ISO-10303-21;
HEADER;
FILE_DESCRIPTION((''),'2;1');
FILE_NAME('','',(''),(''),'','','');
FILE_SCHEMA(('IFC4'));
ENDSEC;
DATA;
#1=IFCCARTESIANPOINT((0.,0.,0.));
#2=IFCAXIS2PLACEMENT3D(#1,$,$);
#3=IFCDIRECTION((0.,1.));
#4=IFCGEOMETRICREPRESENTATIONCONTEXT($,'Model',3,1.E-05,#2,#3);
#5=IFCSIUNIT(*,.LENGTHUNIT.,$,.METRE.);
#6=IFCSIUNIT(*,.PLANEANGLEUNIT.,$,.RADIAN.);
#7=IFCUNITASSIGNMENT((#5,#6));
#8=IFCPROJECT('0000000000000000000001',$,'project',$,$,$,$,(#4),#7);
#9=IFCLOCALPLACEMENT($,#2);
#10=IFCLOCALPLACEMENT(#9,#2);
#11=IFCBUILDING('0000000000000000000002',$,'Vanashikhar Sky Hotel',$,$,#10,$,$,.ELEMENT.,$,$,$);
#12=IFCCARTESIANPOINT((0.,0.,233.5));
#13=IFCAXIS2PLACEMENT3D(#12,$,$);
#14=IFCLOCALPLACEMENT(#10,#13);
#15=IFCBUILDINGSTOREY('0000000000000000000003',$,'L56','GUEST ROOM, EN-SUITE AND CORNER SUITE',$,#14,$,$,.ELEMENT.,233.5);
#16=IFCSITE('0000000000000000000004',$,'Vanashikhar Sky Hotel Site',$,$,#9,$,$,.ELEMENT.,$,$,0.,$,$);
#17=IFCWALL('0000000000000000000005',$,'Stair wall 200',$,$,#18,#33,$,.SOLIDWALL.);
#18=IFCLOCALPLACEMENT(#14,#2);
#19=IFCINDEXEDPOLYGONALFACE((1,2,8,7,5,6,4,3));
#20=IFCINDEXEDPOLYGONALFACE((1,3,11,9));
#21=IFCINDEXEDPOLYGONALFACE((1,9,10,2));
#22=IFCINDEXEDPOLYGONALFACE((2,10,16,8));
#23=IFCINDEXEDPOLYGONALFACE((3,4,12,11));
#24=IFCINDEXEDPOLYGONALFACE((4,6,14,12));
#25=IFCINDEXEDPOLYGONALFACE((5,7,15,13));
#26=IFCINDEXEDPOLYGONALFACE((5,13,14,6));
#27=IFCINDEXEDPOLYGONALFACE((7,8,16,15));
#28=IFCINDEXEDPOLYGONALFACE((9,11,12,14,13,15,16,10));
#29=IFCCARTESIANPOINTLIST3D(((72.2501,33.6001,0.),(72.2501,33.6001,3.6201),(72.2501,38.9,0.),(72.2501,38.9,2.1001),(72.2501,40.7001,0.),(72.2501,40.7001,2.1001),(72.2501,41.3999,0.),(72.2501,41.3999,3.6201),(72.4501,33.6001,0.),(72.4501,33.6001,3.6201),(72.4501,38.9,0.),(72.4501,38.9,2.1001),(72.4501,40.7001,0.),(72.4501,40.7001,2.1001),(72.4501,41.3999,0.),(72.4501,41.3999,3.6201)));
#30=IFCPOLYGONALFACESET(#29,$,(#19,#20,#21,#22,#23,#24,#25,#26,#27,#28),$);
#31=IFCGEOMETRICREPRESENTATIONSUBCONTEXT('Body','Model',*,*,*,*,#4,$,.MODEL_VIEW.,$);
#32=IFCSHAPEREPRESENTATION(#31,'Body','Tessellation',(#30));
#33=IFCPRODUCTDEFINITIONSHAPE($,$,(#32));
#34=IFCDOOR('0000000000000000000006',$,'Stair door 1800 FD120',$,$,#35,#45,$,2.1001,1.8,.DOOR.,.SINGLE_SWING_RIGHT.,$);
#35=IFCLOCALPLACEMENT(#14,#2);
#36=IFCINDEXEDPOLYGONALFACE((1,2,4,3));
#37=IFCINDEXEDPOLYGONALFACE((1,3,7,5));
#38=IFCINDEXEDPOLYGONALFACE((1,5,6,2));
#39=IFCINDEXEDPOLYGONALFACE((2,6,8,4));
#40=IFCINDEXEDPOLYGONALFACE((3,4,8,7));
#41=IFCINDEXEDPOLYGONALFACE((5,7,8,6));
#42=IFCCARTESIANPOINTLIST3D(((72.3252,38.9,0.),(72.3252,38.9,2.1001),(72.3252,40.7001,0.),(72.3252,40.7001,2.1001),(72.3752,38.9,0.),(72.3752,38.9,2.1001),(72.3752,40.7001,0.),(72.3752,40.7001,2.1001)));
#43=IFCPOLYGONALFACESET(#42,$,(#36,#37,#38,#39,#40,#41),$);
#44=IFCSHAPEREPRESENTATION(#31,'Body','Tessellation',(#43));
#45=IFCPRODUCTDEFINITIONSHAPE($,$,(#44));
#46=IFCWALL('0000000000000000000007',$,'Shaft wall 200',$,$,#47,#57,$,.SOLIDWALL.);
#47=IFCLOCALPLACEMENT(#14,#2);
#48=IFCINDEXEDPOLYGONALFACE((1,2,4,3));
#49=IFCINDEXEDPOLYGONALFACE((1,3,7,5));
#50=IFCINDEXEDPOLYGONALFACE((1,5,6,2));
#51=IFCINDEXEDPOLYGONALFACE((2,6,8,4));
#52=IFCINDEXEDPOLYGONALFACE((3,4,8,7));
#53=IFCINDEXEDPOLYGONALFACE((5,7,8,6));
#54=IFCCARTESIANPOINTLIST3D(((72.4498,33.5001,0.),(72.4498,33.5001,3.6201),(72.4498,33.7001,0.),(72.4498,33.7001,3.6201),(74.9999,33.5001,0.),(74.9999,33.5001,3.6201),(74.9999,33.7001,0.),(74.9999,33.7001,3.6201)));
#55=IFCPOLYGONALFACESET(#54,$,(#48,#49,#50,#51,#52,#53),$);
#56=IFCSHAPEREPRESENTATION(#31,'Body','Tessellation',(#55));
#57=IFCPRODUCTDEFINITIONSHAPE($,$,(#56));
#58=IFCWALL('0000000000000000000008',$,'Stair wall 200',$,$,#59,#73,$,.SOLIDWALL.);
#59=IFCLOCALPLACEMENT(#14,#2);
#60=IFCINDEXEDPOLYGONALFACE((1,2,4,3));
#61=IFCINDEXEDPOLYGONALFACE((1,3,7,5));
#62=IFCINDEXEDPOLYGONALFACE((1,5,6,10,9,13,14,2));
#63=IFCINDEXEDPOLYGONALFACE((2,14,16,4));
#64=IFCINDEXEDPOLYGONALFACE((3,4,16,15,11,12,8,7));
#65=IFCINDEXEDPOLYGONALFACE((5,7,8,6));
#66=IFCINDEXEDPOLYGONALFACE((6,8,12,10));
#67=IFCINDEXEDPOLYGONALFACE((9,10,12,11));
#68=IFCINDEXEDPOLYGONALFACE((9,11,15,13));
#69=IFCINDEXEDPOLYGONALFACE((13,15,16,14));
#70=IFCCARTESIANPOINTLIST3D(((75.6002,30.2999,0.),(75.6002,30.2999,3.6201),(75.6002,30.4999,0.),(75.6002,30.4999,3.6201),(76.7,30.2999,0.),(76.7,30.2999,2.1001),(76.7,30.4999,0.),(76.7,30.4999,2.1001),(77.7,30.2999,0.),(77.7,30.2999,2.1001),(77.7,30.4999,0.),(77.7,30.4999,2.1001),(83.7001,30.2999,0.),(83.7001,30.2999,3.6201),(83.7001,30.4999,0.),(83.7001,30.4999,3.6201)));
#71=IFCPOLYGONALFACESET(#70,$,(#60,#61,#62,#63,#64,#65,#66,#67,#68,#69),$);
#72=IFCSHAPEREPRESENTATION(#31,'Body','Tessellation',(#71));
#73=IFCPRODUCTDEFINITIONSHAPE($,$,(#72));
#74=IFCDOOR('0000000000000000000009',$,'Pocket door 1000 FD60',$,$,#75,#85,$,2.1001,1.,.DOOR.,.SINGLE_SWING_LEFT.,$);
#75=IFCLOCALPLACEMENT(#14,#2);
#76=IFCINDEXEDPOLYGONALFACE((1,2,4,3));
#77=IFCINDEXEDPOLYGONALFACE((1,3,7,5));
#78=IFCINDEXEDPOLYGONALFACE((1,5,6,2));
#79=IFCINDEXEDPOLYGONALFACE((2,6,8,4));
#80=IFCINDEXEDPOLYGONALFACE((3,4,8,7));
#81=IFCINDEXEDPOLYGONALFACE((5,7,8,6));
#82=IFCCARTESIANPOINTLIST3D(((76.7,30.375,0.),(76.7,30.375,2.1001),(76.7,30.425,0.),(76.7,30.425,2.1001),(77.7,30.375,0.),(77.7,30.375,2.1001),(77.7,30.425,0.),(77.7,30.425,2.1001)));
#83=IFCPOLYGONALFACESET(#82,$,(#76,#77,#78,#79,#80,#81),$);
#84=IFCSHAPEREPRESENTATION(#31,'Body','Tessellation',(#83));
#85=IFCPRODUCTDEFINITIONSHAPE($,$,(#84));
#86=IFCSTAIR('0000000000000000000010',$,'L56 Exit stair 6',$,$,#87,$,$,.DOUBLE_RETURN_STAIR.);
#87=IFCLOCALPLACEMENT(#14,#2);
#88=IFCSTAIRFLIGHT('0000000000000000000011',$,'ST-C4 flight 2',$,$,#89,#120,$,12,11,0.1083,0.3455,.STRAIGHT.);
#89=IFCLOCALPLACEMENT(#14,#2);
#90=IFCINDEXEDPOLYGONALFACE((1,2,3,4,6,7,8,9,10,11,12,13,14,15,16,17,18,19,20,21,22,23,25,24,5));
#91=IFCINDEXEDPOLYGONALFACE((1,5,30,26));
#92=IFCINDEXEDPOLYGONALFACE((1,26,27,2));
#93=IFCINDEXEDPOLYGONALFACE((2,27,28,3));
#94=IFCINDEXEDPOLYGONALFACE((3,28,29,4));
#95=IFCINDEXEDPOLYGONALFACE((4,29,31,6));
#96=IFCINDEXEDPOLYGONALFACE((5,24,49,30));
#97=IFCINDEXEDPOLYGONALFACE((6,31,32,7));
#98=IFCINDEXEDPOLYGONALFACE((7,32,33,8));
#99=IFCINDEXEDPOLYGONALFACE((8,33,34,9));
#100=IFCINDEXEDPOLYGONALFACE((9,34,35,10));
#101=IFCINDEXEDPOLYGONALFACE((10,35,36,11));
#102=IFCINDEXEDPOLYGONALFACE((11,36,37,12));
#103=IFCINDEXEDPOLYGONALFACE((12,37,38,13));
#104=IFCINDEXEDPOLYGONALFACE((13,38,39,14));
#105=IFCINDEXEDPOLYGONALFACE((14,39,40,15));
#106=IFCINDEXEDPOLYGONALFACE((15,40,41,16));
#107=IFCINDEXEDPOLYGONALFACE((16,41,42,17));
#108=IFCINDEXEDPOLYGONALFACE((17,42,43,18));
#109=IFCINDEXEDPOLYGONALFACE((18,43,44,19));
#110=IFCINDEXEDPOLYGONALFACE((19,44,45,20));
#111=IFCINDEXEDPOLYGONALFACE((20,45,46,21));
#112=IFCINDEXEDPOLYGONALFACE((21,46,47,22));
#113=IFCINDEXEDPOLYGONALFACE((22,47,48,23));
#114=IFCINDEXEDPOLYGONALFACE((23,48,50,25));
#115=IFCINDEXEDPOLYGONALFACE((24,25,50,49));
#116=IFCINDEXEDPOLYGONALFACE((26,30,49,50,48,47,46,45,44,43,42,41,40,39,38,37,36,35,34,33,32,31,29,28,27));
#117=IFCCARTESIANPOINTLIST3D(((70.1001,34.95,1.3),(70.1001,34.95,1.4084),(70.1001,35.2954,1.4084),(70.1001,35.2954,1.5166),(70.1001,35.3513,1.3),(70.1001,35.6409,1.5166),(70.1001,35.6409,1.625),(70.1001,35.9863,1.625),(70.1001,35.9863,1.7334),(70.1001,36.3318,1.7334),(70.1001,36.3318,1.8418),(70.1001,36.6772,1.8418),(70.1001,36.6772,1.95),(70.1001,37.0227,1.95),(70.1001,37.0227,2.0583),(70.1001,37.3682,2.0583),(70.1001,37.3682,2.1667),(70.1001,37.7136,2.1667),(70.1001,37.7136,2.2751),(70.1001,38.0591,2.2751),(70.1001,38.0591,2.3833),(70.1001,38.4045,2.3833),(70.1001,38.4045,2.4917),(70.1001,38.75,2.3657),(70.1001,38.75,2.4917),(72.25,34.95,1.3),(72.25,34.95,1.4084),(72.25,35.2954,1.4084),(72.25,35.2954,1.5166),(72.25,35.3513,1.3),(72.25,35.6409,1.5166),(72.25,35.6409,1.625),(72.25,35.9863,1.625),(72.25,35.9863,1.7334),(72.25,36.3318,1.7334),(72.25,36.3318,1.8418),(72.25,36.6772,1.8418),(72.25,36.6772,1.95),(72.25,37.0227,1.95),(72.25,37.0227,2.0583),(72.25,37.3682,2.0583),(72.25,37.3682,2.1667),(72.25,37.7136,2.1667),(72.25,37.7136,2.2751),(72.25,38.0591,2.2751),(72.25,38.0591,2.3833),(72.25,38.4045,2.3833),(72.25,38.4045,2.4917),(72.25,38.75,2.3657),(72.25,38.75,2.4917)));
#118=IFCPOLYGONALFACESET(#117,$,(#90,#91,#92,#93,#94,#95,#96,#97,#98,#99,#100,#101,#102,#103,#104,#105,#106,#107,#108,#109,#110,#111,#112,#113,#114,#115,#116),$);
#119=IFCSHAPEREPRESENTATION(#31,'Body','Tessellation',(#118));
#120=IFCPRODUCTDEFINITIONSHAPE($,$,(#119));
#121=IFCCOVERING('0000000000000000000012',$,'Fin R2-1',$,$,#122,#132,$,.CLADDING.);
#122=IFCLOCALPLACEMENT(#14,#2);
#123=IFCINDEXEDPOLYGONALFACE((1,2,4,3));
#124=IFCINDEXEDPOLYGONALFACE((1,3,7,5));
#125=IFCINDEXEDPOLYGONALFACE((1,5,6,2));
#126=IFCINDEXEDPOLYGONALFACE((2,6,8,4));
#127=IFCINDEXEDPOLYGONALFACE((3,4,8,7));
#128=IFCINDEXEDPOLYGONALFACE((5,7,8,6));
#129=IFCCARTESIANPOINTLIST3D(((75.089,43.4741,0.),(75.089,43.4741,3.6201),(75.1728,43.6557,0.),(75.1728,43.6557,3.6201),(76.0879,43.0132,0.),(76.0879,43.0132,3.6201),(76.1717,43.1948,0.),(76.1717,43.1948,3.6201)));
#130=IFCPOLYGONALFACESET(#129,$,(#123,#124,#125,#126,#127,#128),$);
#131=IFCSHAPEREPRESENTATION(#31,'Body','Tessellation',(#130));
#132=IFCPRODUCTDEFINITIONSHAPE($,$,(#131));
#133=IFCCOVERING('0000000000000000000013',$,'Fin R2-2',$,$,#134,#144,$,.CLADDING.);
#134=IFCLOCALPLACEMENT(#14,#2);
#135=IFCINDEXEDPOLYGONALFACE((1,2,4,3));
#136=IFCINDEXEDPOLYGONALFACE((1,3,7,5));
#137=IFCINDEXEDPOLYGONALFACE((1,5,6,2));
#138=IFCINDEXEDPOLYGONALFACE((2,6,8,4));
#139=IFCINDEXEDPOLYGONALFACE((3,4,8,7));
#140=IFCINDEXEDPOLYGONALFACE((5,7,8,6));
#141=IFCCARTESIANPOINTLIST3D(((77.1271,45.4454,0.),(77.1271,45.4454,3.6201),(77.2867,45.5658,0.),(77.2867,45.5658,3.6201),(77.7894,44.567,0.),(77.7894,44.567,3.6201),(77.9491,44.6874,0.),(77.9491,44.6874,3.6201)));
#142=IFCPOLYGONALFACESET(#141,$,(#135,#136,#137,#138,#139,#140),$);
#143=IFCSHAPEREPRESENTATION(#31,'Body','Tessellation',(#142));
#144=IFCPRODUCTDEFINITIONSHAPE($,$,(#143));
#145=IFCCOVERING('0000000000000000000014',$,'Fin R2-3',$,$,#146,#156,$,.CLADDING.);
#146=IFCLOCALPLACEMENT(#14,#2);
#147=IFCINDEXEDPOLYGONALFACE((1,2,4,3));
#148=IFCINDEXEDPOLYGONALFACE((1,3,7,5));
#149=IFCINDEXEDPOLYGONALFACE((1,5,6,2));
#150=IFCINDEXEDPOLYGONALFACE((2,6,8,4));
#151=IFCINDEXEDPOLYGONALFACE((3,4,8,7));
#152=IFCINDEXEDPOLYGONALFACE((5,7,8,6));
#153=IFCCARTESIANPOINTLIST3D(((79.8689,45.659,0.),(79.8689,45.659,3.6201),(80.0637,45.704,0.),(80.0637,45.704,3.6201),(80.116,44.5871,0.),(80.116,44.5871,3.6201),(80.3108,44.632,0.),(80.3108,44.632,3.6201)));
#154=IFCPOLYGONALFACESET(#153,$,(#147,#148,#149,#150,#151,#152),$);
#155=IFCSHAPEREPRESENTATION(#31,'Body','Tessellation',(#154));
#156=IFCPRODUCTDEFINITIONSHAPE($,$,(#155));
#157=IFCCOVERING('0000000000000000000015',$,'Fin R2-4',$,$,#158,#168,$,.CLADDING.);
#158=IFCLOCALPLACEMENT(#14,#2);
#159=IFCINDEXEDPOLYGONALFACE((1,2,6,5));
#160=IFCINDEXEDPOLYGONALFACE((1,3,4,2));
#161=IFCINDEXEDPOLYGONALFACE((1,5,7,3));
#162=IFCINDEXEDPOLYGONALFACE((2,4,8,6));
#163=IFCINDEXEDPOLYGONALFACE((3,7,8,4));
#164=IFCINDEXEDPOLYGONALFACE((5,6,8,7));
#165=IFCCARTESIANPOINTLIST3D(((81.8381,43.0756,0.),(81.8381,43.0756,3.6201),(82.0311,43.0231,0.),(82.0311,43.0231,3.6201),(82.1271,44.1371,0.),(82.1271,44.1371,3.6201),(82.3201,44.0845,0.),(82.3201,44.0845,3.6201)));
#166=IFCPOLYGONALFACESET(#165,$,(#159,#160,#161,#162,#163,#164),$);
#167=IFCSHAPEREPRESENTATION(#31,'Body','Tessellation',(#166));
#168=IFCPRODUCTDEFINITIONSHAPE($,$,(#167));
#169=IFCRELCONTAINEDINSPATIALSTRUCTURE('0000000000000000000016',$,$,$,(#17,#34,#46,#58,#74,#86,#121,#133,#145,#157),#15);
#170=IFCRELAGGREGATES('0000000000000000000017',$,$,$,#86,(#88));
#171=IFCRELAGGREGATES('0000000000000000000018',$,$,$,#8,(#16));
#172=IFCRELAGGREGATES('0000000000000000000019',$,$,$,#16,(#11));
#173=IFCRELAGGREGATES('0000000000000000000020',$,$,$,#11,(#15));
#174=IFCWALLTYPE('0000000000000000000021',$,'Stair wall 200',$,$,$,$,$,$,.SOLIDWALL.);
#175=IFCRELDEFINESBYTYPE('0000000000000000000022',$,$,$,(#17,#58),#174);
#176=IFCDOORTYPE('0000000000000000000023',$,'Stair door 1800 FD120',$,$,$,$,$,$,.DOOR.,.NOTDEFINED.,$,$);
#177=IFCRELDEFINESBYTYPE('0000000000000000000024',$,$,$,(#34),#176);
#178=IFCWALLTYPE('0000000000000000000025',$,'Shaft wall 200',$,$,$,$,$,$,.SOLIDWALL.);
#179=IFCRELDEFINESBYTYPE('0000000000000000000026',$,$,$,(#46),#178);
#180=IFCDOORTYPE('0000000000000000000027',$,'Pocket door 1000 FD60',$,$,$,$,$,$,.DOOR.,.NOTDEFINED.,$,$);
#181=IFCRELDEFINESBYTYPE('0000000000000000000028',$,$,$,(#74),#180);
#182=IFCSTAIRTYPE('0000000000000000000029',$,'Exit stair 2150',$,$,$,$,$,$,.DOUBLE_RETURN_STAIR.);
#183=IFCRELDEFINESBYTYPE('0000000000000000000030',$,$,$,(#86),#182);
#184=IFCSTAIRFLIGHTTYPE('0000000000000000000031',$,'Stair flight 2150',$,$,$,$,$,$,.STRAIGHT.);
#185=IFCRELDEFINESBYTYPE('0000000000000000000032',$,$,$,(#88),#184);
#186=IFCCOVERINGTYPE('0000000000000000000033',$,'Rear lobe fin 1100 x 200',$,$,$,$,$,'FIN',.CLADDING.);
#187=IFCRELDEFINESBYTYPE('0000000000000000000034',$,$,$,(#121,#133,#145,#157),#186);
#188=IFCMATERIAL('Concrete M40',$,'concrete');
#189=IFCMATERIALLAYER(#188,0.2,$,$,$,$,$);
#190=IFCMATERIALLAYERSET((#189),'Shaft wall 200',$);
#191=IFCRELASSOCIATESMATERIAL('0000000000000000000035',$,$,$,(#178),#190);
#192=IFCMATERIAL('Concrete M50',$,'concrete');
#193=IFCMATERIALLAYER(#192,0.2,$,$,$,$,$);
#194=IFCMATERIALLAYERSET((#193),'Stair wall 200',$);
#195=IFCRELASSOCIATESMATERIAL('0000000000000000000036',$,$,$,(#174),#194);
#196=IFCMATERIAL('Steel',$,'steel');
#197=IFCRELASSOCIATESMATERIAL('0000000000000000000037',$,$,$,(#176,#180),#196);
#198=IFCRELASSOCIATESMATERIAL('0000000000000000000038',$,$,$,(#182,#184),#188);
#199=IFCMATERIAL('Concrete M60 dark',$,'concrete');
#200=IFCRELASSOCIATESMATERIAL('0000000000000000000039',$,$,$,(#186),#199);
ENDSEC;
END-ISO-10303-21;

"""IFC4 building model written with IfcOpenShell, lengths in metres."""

from ifc_helpers import new_model, si_unit, direction, frame, frame_2d, origin, origin_2d, place, context, subcontext, project, spatial, polyline, rectangle, outline, extrude, source, transform, mapped, material, layer, layer_set, material_profile, profile_set, type_object, element, fill, aggregate, save


model = new_model("IFC4")

# Units and contexts
model_context = context("Model", 3, precision=1e-05, world=origin(), true_north=direction((0.0, 1.0)))
body_context = subcontext(model_context, "Body", "Model", "MODEL_VIEW")
ifc_project = project(units=[si_unit("LENGTHUNIT", "METRE"), si_unit("PLANEANGLEUNIT", "RADIAN")], contexts=[model_context])

# Site, building, storey
site_placement = place(None, origin())
site = spatial("IfcSite", under=ifc_project, at=site_placement, Name="Vanashikhar Sky Hotel Site", CompositionType="ELEMENT", RefElevation=0.0)
building_placement = place(site_placement, origin())
building = spatial("IfcBuilding", under=site, at=building_placement, Name="Vanashikhar Sky Hotel", CompositionType="ELEMENT")
storey_placement = place(building_placement, frame((0.0, 0.0, 233.5)))
storey = spatial("IfcBuildingStorey", under=building, at=storey_placement, Name="L56", Description="GUEST ROOM, EN-SUITE AND CORNER SUITE", CompositionType="ELEMENT", Elevation=233.5)

# Shared definitions
ifc_material_1 = material(Name="Concrete M50", Category="concrete")

# Shared definitions
ifc_material_2 = material(Name="Concrete M40", Category="concrete")
ifc_layer_1 = layer(ifc_material_2, 0.2)
ifc_layer_set_1 = layer_set([ifc_layer_1], Name="Shaft wall 200")
wall_type_1 = type_object("IfcWallType", Name="Shaft wall 200", PredefinedType="SOLIDWALL", material=ifc_layer_set_1)

# Wall, opening, door
ifc_layer_2 = layer(ifc_material_1, 0.2)
ifc_layer_set_2 = layer_set([ifc_layer_2], Name="Stair wall 200")
wall_type_2 = type_object("IfcWallType", Name="Stair wall 200", PredefinedType="SOLIDWALL", material=ifc_layer_set_2)
shared_shape_1 = source(origin(), body_context, "Body", "SweptSolid", [
    extrude(rectangle(XDim=7.7998, YDim=0.2, at=frame_2d((3.8999, 0.0))), origin(), (0.0, 0.0, 1.0), 3.6201),
])
wall_1_placement = place(storey_placement, frame((72.3501, 33.6001, 0.0), z_axis=(0.0, 0.0, 1.0), x_axis=(0.0, 1.0, 0.0)))
wall_1 = element("IfcWall", 1, at=wall_1_placement, inside=storey, type_object=wall_type_2, Name="Stair wall 200", PredefinedType="SOLIDWALL", context=body_context, shape_type="MappedRepresentation", body=[
    mapped(shared_shape_1, transform((0.0, 0.0, 0.0), scale=1.0)),
])
shared_shape_2 = source(origin(), body_context, "Body", "SweptSolid", [
    extrude(rectangle(XDim=1.8, YDim=2.1001, at=frame_2d((0.8999, 1.05))), frame((0.0, 0.1099, 0.0), z_axis=(0.0, -1.0, 0.0), x_axis=(1.0, 0.0, 0.0)), (0.0, 0.0, 1.0), 0.22),
])
opening_1_placement = place(wall_1_placement, frame((5.3, 0.0, 0.0)))
opening_1 = element("IfcOpeningElement", 2, at=opening_1_placement, cuts=wall_1, PredefinedType="OPENING", context=body_context, shape_type="MappedRepresentation", body=[
    mapped(shared_shape_2, transform((0.0, 0.0, 0.0), scale=1.0)),
])
ifc_material_3 = material(Name="Steel", Category="steel")
door_type_1 = type_object("IfcDoorType", Name="Stair door 1800 FD120", OperationType="NOTDEFINED", PredefinedType="DOOR", material=ifc_material_3)
shared_shape_3 = source(origin(), body_context, "Body", "SweptSolid", [
    extrude(rectangle(XDim=1.8, YDim=2.1001, at=frame_2d((0.8999, 1.05))), frame((0.0, 0.0249, 0.0), z_axis=(0.0, -1.0, 0.0), x_axis=(1.0, 0.0, 0.0)), (0.0, 0.0, 1.0), 0.05),
])
door_1_placement = place(opening_1_placement, origin())
door_1 = element("IfcDoor", 3, at=door_1_placement, inside=storey, type_object=door_type_1, Name="Stair door 1800 FD120", OperationType="SINGLE_SWING_RIGHT", OverallHeight=2.1001, OverallWidth=1.8, PredefinedType="DOOR", context=body_context, shape_type="MappedRepresentation", body=[
    mapped(shared_shape_3, transform((0.0, 0.0, 0.0), scale=1.0)),
])
fill(opening_1, door_1)

# Wall
shared_shape_4 = source(origin(), body_context, "Body", "SweptSolid", [
    extrude(rectangle(XDim=2.55, YDim=0.2, at=frame_2d((1.2749, 0.0))), origin(), (0.0, 0.0, 1.0), 3.6201),
])
wall_2_placement = place(storey_placement, frame((72.45, 33.6001, 0.0), z_axis=(0.0, 0.0, 1.0), x_axis=(1.0, 0.0, 0.0)))
element("IfcWall", 4, at=wall_2_placement, inside=storey, type_object=wall_type_1, Name="Shaft wall 200", PredefinedType="SOLIDWALL", context=body_context, shape_type="MappedRepresentation", body=[
    mapped(shared_shape_4, transform((0.0, 0.0, 0.0), scale=1.0)),
])

# Wall, opening, door
shared_shape_5 = source(origin(), body_context, "Body", "SweptSolid", [
    extrude(rectangle(XDim=8.0999, YDim=0.2, at=frame_2d((4.0498, 0.0))), origin(), (0.0, 0.0, 1.0), 3.6201),
])
wall_3_placement = place(storey_placement, frame((83.7, 30.3999, 0.0), z_axis=(0.0, 0.0, 1.0), x_axis=(-1.0, 0.0, 0.0)))
wall_3 = element("IfcWall", 5, at=wall_3_placement, inside=storey, type_object=wall_type_2, Name="Stair wall 200", PredefinedType="SOLIDWALL", context=body_context, shape_type="MappedRepresentation", body=[
    mapped(shared_shape_5, transform((0.0, 0.0, 0.0), scale=1.0)),
])
shared_shape_6 = source(origin(), body_context, "Body", "SweptSolid", [
    extrude(rectangle(XDim=1.0, YDim=2.1001, at=frame_2d((0.5, 1.05))), frame((0.0, 0.1099, 0.0), z_axis=(0.0, -1.0, 0.0), x_axis=(1.0, 0.0, 0.0)), (0.0, 0.0, 1.0), 0.22),
])
opening_2_placement = place(wall_3_placement, frame((6.0, 0.0, 0.0)))
opening_2 = element("IfcOpeningElement", 6, at=opening_2_placement, cuts=wall_3, PredefinedType="OPENING", context=body_context, shape_type="MappedRepresentation", body=[
    mapped(shared_shape_6, transform((0.0, 0.0, 0.0), scale=1.0)),
])
door_type_2 = type_object("IfcDoorType", Name="Pocket door 1000 FD60", OperationType="NOTDEFINED", PredefinedType="DOOR", material=ifc_material_3)
shared_shape_7 = source(origin(), body_context, "Body", "SweptSolid", [
    extrude(rectangle(XDim=1.0, YDim=2.1001, at=frame_2d((0.5, 1.05))), frame((0.0, 0.0249, 0.0), z_axis=(0.0, -1.0, 0.0), x_axis=(1.0, 0.0, 0.0)), (0.0, 0.0, 1.0), 0.05),
])
door_2_placement = place(opening_2_placement, origin())
door_2 = element("IfcDoor", 7, at=door_2_placement, inside=storey, type_object=door_type_2, Name="Pocket door 1000 FD60", OperationType="SINGLE_SWING_LEFT", OverallHeight=2.1001, OverallWidth=1.0, PredefinedType="DOOR", context=body_context, shape_type="MappedRepresentation", body=[
    mapped(shared_shape_7, transform((0.0, 0.0, 0.0), scale=1.0)),
])
fill(opening_2, door_2)

# Stair, stair flight
stair_type = type_object("IfcStairType", Name="Exit stair 2150", PredefinedType="DOUBLE_RETURN_STAIR", material=ifc_material_2)
stair_placement = place(storey_placement, origin())
stair = element("IfcStair", 8, at=stair_placement, inside=storey, type_object=stair_type, Name="L56 Exit stair 6", PredefinedType="DOUBLE_RETURN_STAIR")
stair_flight_type = type_object("IfcStairFlightType", Name="Stair flight 2150", PredefinedType="STRAIGHT", material=ifc_material_2)
shared_shape_8 = source(origin(), body_context, "Body", "SweptSolid", [
    extrude(outline(polyline([(0.0, 0.0), (0.0, 0.1084), (0.3455, 0.1084), (0.3455, 0.2166), (0.6909, 0.2166), (0.6909, 0.325), (1.0364, 0.325), (1.0364, 0.4333), (1.3818, 0.4333), (1.3818, 0.5417), (1.7273, 0.5417), (1.7273, 0.6499), (2.0728, 0.6499), (2.0728, 0.7583), (2.4182, 0.7583), (2.4182, 0.8667), (2.7637, 0.8667), (2.7637, 0.9751), (3.1091, 0.9751), (3.1091, 1.0833), (3.4546, 1.0833), (3.4546, 1.1917), (3.8, 1.1917), (3.8, 1.3), (3.8, 1.0657), (0.4014, 0.0), (0.0, 0.0)])), frame((0.0, 1.075, 0.0), z_axis=(0.0, -1.0, 0.0), x_axis=(1.0, 0.0, 0.0)), (0.0, 0.0, 1.0), 2.1499),
])
stair_flight_placement = place(storey_placement, frame((71.175, 34.95, 1.3), z_axis=(0.0, 0.0, 1.0), x_axis=(0.0, 1.0, 0.0)))
stair_flight = element("IfcStairFlight", 9, at=stair_flight_placement, type_object=stair_flight_type, Name="ST-C4 flight 2", NumberOfRisers=12, NumberOfTreads=11, PredefinedType="STRAIGHT", RiserHeight=0.1083, TreadLength=0.3455, context=body_context, shape_type="MappedRepresentation", body=[
    mapped(shared_shape_8, transform((0.0, 0.0, 0.0), scale=1.0)),
])
aggregate(stair, [stair_flight])

# Coverings
ifc_material_4 = material(Name="Concrete M60 dark", Category="concrete")
ifc_material_profile = material_profile(ifc_material_4, rectangle(XDim=1.1001, YDim=0.2, at=origin_2d()))
ifc_profile_set = profile_set([ifc_material_profile], Name="Rear lobe fin 1100 x 200")
covering_type = type_object("IfcCoveringType", Name="Rear lobe fin 1100 x 200", ElementType="FIN", PredefinedType="CLADDING", material=ifc_profile_set)
shared_shape_9 = source(origin(), body_context, "Body", "SweptSolid", [
    extrude(rectangle(XDim=1.1001, YDim=0.2, at=origin_2d()), origin(), (0.0, 0.0, 1.0), 3.6201),
])
for number, where, z_axis, x_axis, name in (
    (10, (75.6304, 43.3345, 0.0), (0.0, 0.0, 1.0), (-0.908004, 0.418961, 0.0), "Fin R2-1"),
    (11, (77.5381, 45.0664, 0.0), (0.0, 0.0, 1.0), (-0.602066, 0.798446, 0.0), "Fin R2-2"),
    (12, (80.0898, 45.1455, 0.0), (0.0, 0.0, 1.0), (-0.224645, 0.974441, 0.0), "Fin R2-3"),
    (13, (82.0791, 43.5801, 0.0), (0.0, 0.0, 1.0), (0.262711, 0.964874, 0.0), "Fin R2-4"),
):
    element("IfcCovering", number, at=place(storey_placement, frame(where, z_axis=z_axis, x_axis=x_axis)), inside=storey, type_object=covering_type, Name=name, PredefinedType="CLADDING", context=body_context, shape_type="MappedRepresentation", body=[
        mapped(shared_shape_9, transform((0.0, 0.0, 0.0), scale=1.0)),
    ])

save(model, "model.ifc")
